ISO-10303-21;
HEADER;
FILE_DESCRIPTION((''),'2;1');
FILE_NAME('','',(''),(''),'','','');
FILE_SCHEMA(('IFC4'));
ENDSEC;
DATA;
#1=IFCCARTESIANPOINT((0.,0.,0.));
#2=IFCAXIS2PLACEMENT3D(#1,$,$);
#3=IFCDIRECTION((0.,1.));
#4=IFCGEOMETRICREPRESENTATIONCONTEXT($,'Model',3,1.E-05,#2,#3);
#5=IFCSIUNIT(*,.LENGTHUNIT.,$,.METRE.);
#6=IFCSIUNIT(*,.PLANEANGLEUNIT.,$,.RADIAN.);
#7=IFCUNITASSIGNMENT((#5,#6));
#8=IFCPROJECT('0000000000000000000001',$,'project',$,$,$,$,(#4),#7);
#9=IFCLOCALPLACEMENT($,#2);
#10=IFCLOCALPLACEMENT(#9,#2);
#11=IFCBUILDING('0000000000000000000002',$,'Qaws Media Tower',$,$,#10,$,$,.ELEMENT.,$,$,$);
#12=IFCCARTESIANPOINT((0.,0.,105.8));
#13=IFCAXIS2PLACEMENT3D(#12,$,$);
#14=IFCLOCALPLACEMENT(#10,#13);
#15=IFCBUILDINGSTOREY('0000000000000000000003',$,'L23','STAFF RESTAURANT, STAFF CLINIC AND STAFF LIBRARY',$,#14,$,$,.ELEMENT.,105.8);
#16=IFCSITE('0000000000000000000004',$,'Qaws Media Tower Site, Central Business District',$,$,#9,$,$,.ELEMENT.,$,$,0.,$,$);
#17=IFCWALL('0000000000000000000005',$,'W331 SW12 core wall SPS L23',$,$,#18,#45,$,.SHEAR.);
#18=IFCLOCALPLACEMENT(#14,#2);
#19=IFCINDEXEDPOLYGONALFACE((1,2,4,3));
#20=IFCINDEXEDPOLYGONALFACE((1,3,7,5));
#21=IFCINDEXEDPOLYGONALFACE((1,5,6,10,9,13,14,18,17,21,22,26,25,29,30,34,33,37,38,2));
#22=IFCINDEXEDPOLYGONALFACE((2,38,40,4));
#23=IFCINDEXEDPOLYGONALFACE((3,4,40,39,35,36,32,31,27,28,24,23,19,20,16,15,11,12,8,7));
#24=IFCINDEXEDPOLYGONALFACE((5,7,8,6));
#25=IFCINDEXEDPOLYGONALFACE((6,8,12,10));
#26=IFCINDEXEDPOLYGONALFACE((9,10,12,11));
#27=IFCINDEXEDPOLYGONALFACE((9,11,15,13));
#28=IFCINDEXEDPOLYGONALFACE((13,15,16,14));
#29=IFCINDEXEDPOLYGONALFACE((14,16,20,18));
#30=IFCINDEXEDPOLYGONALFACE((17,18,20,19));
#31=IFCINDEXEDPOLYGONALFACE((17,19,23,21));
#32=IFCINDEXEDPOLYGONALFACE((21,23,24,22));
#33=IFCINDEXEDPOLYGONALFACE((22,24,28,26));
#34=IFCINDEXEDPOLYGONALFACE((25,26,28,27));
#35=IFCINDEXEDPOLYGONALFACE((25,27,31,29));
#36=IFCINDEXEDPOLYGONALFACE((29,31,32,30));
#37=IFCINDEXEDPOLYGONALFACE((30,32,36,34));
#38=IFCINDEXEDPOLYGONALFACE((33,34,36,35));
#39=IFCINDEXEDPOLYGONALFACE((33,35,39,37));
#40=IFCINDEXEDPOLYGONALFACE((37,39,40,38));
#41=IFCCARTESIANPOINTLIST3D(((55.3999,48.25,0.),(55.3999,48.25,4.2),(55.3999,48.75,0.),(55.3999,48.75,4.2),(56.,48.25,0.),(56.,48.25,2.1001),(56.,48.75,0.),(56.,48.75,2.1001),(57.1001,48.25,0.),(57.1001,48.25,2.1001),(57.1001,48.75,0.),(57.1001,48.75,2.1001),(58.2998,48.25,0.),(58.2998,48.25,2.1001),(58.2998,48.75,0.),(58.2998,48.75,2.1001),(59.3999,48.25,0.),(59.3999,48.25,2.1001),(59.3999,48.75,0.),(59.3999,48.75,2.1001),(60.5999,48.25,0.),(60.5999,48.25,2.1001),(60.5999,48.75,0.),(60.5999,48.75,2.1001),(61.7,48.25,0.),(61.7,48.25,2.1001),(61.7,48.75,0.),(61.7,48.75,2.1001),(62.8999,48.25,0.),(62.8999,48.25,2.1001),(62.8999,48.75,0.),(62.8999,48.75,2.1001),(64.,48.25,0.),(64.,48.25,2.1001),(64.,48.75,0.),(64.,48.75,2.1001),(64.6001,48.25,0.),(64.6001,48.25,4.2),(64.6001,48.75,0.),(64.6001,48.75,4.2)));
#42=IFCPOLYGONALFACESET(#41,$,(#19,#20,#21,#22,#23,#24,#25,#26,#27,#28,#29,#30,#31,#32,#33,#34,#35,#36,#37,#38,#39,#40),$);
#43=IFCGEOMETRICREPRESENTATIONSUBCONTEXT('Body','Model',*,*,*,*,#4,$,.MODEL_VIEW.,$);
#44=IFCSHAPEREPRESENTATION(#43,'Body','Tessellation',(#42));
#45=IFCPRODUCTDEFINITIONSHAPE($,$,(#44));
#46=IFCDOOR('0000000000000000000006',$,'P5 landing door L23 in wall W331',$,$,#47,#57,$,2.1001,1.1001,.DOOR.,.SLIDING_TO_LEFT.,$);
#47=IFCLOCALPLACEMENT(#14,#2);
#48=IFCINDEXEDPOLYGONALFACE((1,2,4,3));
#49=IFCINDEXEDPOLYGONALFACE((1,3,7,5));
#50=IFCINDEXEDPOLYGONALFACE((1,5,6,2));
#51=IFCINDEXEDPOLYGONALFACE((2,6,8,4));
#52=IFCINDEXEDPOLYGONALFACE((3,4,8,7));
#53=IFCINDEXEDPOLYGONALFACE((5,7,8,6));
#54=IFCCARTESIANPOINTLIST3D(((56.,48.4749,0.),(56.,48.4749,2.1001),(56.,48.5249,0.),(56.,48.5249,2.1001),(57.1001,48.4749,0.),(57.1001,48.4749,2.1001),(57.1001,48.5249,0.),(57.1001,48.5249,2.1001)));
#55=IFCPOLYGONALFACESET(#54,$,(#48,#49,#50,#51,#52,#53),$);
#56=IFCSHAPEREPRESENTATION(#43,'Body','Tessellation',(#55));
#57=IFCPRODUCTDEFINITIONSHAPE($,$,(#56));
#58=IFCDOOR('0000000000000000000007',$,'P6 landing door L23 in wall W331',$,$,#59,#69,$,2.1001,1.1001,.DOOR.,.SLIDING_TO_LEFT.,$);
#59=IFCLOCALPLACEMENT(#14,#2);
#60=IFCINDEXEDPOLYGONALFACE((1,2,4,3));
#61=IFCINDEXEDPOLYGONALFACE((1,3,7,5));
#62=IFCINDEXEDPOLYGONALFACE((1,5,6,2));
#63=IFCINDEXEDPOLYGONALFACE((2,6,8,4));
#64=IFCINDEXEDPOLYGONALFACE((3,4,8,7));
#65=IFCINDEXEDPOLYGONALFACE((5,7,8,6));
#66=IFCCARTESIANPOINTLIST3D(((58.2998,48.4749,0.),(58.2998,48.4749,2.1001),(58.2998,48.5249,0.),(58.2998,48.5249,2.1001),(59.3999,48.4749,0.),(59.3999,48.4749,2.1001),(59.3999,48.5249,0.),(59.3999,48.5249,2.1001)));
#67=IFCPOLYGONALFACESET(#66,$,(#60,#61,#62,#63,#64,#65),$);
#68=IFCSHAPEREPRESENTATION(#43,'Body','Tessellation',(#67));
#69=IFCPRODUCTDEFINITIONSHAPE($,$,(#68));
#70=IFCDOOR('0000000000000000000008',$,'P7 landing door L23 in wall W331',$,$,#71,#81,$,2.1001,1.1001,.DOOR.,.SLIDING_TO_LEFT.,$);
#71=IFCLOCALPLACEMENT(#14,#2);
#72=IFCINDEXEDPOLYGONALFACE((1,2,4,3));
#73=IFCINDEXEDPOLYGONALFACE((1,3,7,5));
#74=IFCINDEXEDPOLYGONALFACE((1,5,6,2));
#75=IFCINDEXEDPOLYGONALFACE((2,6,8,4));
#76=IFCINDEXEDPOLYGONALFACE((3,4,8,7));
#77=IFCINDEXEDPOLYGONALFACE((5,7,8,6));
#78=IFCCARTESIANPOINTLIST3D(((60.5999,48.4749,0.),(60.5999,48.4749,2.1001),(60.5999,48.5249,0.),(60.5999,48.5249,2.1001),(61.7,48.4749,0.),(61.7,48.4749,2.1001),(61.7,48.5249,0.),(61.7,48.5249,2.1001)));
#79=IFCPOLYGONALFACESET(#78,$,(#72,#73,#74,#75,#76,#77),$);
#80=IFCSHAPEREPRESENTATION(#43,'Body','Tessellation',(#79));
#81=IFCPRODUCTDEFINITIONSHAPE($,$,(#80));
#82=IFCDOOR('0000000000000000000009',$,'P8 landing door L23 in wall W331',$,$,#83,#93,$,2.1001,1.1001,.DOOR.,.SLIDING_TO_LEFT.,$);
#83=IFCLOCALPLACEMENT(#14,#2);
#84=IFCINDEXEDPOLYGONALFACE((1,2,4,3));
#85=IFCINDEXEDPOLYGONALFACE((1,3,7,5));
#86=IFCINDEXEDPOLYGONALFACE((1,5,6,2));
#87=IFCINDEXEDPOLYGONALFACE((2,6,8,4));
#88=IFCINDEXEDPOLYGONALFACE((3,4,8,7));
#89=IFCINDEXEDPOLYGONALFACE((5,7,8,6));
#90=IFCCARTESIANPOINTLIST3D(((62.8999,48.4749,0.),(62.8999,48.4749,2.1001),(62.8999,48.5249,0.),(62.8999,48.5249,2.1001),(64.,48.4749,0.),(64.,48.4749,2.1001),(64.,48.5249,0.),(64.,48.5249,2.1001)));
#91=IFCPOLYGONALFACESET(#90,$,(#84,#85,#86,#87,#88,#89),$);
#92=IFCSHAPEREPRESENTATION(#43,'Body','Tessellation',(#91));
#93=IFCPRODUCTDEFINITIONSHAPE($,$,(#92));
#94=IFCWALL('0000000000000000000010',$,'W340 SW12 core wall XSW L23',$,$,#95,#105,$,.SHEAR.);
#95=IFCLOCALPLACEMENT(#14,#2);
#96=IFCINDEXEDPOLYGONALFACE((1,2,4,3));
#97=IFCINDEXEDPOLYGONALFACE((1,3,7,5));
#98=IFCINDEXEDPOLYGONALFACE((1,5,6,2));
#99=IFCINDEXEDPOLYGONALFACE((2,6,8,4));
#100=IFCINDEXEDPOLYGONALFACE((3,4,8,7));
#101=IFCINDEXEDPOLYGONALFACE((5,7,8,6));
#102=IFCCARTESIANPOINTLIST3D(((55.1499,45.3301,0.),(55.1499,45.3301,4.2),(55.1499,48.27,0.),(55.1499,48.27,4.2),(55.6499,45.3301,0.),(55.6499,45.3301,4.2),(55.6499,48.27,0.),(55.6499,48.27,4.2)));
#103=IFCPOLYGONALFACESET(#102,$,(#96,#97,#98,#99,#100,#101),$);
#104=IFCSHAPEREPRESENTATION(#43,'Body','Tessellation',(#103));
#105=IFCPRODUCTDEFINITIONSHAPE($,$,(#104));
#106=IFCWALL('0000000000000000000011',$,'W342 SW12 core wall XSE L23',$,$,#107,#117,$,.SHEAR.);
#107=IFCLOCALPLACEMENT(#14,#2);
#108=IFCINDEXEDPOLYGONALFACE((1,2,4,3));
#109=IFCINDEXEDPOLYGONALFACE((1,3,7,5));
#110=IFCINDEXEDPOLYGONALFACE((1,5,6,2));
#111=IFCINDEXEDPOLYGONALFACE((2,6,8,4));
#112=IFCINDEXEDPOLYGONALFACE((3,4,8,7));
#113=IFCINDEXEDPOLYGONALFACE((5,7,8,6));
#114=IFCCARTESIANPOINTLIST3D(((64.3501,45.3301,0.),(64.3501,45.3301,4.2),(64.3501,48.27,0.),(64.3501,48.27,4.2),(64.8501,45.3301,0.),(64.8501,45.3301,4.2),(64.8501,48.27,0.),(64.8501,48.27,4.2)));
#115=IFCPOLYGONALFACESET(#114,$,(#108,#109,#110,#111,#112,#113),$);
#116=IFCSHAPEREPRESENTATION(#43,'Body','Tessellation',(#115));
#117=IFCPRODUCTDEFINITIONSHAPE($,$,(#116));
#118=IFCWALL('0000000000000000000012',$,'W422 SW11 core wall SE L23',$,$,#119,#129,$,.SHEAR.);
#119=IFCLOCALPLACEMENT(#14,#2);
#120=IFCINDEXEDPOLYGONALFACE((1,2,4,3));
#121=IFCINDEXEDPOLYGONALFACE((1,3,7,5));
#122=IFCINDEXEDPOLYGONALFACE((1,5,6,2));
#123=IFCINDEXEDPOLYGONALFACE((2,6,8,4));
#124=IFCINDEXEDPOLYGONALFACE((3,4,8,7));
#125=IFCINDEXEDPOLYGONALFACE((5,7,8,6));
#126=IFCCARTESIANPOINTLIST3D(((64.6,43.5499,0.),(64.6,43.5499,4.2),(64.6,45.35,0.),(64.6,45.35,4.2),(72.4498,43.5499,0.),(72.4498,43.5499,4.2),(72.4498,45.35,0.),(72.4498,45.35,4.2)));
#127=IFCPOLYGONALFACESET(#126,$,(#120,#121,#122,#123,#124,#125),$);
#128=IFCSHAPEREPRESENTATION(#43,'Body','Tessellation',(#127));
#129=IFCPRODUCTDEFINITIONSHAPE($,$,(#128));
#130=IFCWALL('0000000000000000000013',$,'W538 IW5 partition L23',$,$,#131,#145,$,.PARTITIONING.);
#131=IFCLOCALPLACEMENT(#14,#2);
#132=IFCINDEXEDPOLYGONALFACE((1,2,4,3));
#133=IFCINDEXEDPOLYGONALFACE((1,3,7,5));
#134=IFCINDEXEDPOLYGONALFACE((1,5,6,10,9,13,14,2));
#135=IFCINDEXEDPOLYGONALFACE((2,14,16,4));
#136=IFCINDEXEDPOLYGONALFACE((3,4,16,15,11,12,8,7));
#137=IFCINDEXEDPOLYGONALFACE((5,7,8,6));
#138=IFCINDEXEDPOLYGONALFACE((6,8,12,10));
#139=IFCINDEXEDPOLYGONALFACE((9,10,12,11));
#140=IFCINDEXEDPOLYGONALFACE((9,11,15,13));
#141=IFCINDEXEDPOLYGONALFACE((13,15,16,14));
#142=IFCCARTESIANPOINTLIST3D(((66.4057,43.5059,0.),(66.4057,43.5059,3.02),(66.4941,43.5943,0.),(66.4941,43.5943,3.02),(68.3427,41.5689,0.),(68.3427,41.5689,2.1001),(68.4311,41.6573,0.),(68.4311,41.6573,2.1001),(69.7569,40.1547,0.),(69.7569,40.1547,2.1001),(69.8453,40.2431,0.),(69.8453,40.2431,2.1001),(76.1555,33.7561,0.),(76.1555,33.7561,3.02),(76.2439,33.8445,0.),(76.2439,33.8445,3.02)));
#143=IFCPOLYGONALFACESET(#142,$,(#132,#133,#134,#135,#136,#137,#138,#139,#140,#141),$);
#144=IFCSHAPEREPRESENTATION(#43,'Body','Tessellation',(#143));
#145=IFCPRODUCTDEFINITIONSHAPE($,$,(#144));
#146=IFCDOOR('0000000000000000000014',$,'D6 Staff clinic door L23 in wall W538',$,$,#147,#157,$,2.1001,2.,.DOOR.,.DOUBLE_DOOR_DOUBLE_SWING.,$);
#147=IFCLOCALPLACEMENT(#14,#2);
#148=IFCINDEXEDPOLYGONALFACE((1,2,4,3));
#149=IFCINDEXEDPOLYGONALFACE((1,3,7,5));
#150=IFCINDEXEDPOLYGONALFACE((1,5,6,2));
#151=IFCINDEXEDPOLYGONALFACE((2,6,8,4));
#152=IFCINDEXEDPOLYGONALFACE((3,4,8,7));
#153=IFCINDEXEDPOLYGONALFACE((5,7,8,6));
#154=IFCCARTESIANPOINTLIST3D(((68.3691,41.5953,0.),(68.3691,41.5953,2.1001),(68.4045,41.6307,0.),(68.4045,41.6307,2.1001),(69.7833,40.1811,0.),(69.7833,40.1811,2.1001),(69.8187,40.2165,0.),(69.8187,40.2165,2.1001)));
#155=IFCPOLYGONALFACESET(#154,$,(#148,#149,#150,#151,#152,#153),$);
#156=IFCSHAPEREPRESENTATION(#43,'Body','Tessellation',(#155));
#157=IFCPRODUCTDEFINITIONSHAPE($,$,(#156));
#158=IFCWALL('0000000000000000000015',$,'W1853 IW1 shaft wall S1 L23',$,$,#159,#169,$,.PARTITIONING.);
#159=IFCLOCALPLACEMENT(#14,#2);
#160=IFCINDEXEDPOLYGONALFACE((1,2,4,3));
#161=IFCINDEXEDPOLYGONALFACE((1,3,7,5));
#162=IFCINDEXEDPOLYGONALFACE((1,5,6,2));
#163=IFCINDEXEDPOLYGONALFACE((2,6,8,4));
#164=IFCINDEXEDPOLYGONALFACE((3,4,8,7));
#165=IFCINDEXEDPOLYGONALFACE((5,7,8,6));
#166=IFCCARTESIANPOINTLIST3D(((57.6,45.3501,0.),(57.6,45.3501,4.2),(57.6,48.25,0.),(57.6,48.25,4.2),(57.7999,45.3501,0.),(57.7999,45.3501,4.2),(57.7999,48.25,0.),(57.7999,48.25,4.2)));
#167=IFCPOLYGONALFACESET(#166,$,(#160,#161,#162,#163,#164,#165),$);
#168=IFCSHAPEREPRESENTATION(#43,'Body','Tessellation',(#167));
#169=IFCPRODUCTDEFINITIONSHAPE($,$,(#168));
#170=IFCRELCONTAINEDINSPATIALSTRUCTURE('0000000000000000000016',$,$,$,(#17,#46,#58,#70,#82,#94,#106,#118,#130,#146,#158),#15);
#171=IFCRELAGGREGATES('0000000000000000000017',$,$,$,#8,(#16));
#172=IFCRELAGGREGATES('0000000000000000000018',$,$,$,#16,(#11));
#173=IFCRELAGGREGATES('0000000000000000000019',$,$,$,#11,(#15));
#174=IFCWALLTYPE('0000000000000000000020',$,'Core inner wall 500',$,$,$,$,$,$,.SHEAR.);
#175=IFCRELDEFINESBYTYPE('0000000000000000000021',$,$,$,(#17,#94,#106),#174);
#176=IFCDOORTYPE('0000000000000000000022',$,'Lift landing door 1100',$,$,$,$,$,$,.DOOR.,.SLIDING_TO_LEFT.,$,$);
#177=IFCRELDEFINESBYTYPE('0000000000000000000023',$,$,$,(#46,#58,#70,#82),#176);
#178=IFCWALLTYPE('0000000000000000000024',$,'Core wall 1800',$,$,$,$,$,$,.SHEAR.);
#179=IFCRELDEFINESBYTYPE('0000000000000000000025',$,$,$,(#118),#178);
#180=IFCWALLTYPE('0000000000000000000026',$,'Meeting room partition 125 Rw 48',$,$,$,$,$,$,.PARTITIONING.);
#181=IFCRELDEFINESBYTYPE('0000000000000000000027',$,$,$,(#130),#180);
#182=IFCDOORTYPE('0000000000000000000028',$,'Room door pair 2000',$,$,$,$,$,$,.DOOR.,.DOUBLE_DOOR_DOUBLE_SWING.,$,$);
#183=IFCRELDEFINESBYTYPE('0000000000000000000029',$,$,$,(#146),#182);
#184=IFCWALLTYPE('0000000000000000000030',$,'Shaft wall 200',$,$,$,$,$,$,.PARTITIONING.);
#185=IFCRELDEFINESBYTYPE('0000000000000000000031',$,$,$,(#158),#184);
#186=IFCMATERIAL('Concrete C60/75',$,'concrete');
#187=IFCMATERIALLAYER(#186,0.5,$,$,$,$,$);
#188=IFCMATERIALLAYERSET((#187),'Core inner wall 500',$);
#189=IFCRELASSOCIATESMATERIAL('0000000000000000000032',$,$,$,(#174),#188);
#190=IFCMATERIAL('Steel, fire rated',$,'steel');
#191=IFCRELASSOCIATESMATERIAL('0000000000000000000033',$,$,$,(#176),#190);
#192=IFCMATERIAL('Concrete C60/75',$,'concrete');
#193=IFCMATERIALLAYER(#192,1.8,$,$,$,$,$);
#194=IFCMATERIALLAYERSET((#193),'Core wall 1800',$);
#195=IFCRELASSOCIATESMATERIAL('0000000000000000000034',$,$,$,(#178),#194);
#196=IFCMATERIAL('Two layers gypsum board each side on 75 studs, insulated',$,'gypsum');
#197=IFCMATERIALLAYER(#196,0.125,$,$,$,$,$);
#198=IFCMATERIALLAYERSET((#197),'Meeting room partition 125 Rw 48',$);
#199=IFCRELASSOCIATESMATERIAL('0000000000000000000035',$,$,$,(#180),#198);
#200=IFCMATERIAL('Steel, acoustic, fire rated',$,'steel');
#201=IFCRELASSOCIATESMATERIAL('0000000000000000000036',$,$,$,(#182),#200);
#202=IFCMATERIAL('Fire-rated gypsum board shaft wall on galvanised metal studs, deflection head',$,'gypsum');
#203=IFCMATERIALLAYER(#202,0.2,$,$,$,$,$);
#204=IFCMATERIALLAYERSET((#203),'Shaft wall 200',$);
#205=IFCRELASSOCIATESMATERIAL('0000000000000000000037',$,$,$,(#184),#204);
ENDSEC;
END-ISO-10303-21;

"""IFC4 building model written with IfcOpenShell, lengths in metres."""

from ifc_helpers import new_model, si_unit, direction, frame, frame_2d, origin, place, context, subcontext, project, spatial, rectangle, extrude, material, layer, layer_set, type_object, element, fill, save


model = new_model("IFC4")

# Units and contexts
model_context = context("Model", 3, precision=1e-05, world=origin(), true_north=direction((0.0, 1.0)))
body_context = subcontext(model_context, "Body", "Model", "MODEL_VIEW")
ifc_project = project(units=[si_unit("LENGTHUNIT", "METRE"), si_unit("PLANEANGLEUNIT", "RADIAN")], contexts=[model_context])

# Site, building, storey
site_placement = place(None, origin())
site = spatial("IfcSite", under=ifc_project, at=site_placement, Name="Qaws Media Tower Site, Central Business District", CompositionType="ELEMENT", RefElevation=0.0)
building_placement = place(site_placement, origin())
building = spatial("IfcBuilding", under=site, at=building_placement, Name="Qaws Media Tower", CompositionType="ELEMENT")
storey_placement = place(building_placement, frame((0.0, 0.0, 105.8)))
storey = spatial("IfcBuildingStorey", under=building, at=storey_placement, Name="L23", Description="STAFF RESTAURANT, STAFF CLINIC AND STAFF LIBRARY", CompositionType="ELEMENT", Elevation=105.8)

# Wall, openings, doors
ifc_material_1 = material(Name="Concrete C60/75", Category="concrete")
ifc_layer_1 = layer(ifc_material_1, 0.5)
ifc_layer_set_1 = layer_set([ifc_layer_1], Name="Core inner wall 500")
wall_type_1 = type_object("IfcWallType", Name="Core inner wall 500", PredefinedType="SHEAR", material=ifc_layer_set_1)
wall_1_placement = place(storey_placement, frame((55.3999, 48.5, 0.0), z_axis=(0.0, 0.0, 1.0), x_axis=(1.0, 0.0, 0.0)))
wall_1 = element("IfcWall", 1, at=wall_1_placement, inside=storey, type_object=wall_type_1, Name="W331 SW12 core wall SPS L23", PredefinedType="SHEAR", context=body_context, shape_type="SweptSolid", body=[
    extrude(rectangle(XDim=9.2002, YDim=0.5, at=frame_2d((4.6001, 0.0))), origin(), (0.0, 0.0, 1.0), 4.2),
])
opening_1_placement = place(wall_1_placement, frame((0.6001, 0.0, 0.0)))
opening_1 = element("IfcOpeningElement", 2, at=opening_1_placement, cuts=wall_1, PredefinedType="OPENING", context=body_context, shape_type="SweptSolid", body=[
    extrude(rectangle(XDim=1.1001, YDim=2.1001, at=frame_2d((0.55, 1.05))), frame((0.0, 0.26, 0.0), z_axis=(0.0, -1.0, 0.0), x_axis=(1.0, 0.0, 0.0)), (0.0, 0.0, 1.0), 0.52),
])
opening_2_placement = place(wall_1_placement, frame((2.8999, 0.0, 0.0)))
opening_2 = element("IfcOpeningElement", 3, at=opening_2_placement, cuts=wall_1, PredefinedType="OPENING", context=body_context, shape_type="SweptSolid", body=[
    extrude(rectangle(XDim=1.1001, YDim=2.1001, at=frame_2d((0.55, 1.05))), frame((0.0, 0.26, 0.0), z_axis=(0.0, -1.0, 0.0), x_axis=(1.0, 0.0, 0.0)), (0.0, 0.0, 1.0), 0.52),
])
opening_3_placement = place(wall_1_placement, frame((5.2, 0.0, 0.0)))
opening_3 = element("IfcOpeningElement", 4, at=opening_3_placement, cuts=wall_1, PredefinedType="OPENING", context=body_context, shape_type="SweptSolid", body=[
    extrude(rectangle(XDim=1.1001, YDim=2.1001, at=frame_2d((0.55, 1.05))), frame((0.0, 0.26, 0.0), z_axis=(0.0, -1.0, 0.0), x_axis=(1.0, 0.0, 0.0)), (0.0, 0.0, 1.0), 0.52),
])
opening_4_placement = place(wall_1_placement, frame((7.5, 0.0, 0.0)))
opening_4 = element("IfcOpeningElement", 5, at=opening_4_placement, cuts=wall_1, PredefinedType="OPENING", context=body_context, shape_type="SweptSolid", body=[
    extrude(rectangle(XDim=1.1001, YDim=2.1001, at=frame_2d((0.55, 1.05))), frame((0.0, 0.26, 0.0), z_axis=(0.0, -1.0, 0.0), x_axis=(1.0, 0.0, 0.0)), (0.0, 0.0, 1.0), 0.52),
])
ifc_material_2 = material(Name="Steel, fire rated", Category="steel")
door_type_1 = type_object("IfcDoorType", Name="Lift landing door 1100", OperationType="SLIDING_TO_LEFT", PredefinedType="DOOR", material=ifc_material_2)
door_1_placement = place(opening_1_placement, origin())
door_1 = element("IfcDoor", 6, at=door_1_placement, inside=storey, type_object=door_type_1, Name="P5 landing door L23 in wall W331", OperationType="SLIDING_TO_LEFT", OverallHeight=2.1001, OverallWidth=1.1001, PredefinedType="DOOR", context=body_context, shape_type="SweptSolid", body=[
    extrude(rectangle(XDim=1.1001, YDim=2.1001, at=frame_2d((0.55, 1.05))), frame((0.0, 0.0249, 0.0), z_axis=(0.0, -1.0, 0.0), x_axis=(1.0, 0.0, 0.0)), (0.0, 0.0, 1.0), 0.05),
])
fill(opening_1, door_1)
door_2_placement = place(opening_2_placement, origin())
door_2 = element("IfcDoor", 7, at=door_2_placement, inside=storey, type_object=door_type_1, Name="P6 landing door L23 in wall W331", OperationType="SLIDING_TO_LEFT", OverallHeight=2.1001, OverallWidth=1.1001, PredefinedType="DOOR", context=body_context, shape_type="SweptSolid", body=[
    extrude(rectangle(XDim=1.1001, YDim=2.1001, at=frame_2d((0.55, 1.05))), frame((0.0, 0.0249, 0.0), z_axis=(0.0, -1.0, 0.0), x_axis=(1.0, 0.0, 0.0)), (0.0, 0.0, 1.0), 0.05),
])
fill(opening_2, door_2)
door_3_placement = place(opening_3_placement, origin())
door_3 = element("IfcDoor", 8, at=door_3_placement, inside=storey, type_object=door_type_1, Name="P7 landing door L23 in wall W331", OperationType="SLIDING_TO_LEFT", OverallHeight=2.1001, OverallWidth=1.1001, PredefinedType="DOOR", context=body_context, shape_type="SweptSolid", body=[
    extrude(rectangle(XDim=1.1001, YDim=2.1001, at=frame_2d((0.55, 1.05))), frame((0.0, 0.0249, 0.0), z_axis=(0.0, -1.0, 0.0), x_axis=(1.0, 0.0, 0.0)), (0.0, 0.0, 1.0), 0.05),
])
fill(opening_3, door_3)
door_4_placement = place(opening_4_placement, origin())
door_4 = element("IfcDoor", 9, at=door_4_placement, inside=storey, type_object=door_type_1, Name="P8 landing door L23 in wall W331", OperationType="SLIDING_TO_LEFT", OverallHeight=2.1001, OverallWidth=1.1001, PredefinedType="DOOR", context=body_context, shape_type="SweptSolid", body=[
    extrude(rectangle(XDim=1.1001, YDim=2.1001, at=frame_2d((0.55, 1.05))), frame((0.0, 0.0249, 0.0), z_axis=(0.0, -1.0, 0.0), x_axis=(1.0, 0.0, 0.0)), (0.0, 0.0, 1.0), 0.05),
])
fill(opening_4, door_4)

# Walls
for number, where, z_axis, x_axis, name in (
    (10, (55.3999, 48.27, 0.0), (0.0, 0.0, 1.0), (0.0, -1.0, 0.0), "W340 SW12 core wall XSW L23"),
    (11, (64.6001, 48.27, 0.0), (0.0, 0.0, 1.0), (0.0, -1.0, 0.0), "W342 SW12 core wall XSE L23"),
):
    element("IfcWall", number, at=place(storey_placement, frame(where, z_axis=z_axis, x_axis=x_axis)), inside=storey, type_object=wall_type_1, Name=name, PredefinedType="SHEAR", context=body_context, shape_type="SweptSolid", body=[
        extrude(rectangle(XDim=2.9399, YDim=0.5, at=frame_2d((1.47, 0.0))), origin(), (0.0, 0.0, 1.0), 4.2),
    ])
ifc_material_3 = material(Name="Concrete C60/75", Category="concrete")
ifc_layer_2 = layer(ifc_material_3, 1.8)
ifc_layer_set_2 = layer_set([ifc_layer_2], Name="Core wall 1800")
wall_type_2 = type_object("IfcWallType", Name="Core wall 1800", PredefinedType="SHEAR", material=ifc_layer_set_2)
wall_2_placement = place(storey_placement, frame((64.6001, 44.45, 0.0), z_axis=(0.0, 0.0, 1.0), x_axis=(1.0, 0.0, 0.0)))
element("IfcWall", 12, at=wall_2_placement, inside=storey, type_object=wall_type_2, Name="W422 SW11 core wall SE L23", PredefinedType="SHEAR", context=body_context, shape_type="SweptSolid", body=[
    extrude(rectangle(XDim=7.8499, YDim=1.8, at=frame_2d((3.9248, 0.0))), origin(), (0.0, 0.0, 1.0), 4.2),
])

# Wall, opening, door
ifc_material_4 = material(Name="Two layers gypsum board each side on 75 studs, insulated", Category="gypsum")
ifc_layer_3 = layer(ifc_material_4, 0.125)
ifc_layer_set_3 = layer_set([ifc_layer_3], Name="Meeting room partition 125 Rw 48")
wall_type_3 = type_object("IfcWallType", Name="Meeting room partition 125 Rw 48", PredefinedType="PARTITIONING", material=ifc_layer_set_3)
wall_3_placement = place(storey_placement, frame((66.45, 43.55, 0.0), z_axis=(0.0, 0.0, 1.0), x_axis=(0.707107, -0.707107, 0.0)))
wall_3 = element("IfcWall", 13, at=wall_3_placement, inside=storey, type_object=wall_type_3, Name="W538 IW5 partition L23", PredefinedType="PARTITIONING", context=body_context, shape_type="SweptSolid", body=[
    extrude(rectangle(XDim=13.7883, YDim=0.125, at=frame_2d((6.894, 0.0))), origin(), (0.0, 0.0, 1.0), 3.02),
])
opening_5_placement = place(wall_3_placement, frame((2.7393, 0.0, 0.0)))
opening_5 = element("IfcOpeningElement", 14, at=opening_5_placement, cuts=wall_3, PredefinedType="OPENING", context=body_context, shape_type="SweptSolid", body=[
    extrude(rectangle(XDim=2.0, YDim=2.1001, at=frame_2d((1.0, 1.05))), frame((0.0, 0.0725, 0.0), z_axis=(0.0, -1.0, 0.0), x_axis=(1.0, 0.0, 0.0)), (0.0, 0.0, 1.0), 0.145),
])
ifc_material_5 = material(Name="Steel, acoustic, fire rated", Category="steel")
door_type_2 = type_object("IfcDoorType", Name="Room door pair 2000", OperationType="DOUBLE_DOOR_DOUBLE_SWING", PredefinedType="DOOR", material=ifc_material_5)
door_5_placement = place(opening_5_placement, origin())
door_5 = element("IfcDoor", 15, at=door_5_placement, inside=storey, type_object=door_type_2, Name="D6 Staff clinic door L23 in wall W538", OperationType="DOUBLE_DOOR_DOUBLE_SWING", OverallHeight=2.1001, OverallWidth=2.0, PredefinedType="DOOR", context=body_context, shape_type="SweptSolid", body=[
    extrude(rectangle(XDim=2.0, YDim=2.1001, at=frame_2d((1.0, 1.05))), frame((0.0, 0.0249, 0.0), z_axis=(0.0, -1.0, 0.0), x_axis=(1.0, 0.0, 0.0)), (0.0, 0.0, 1.0), 0.05),
])
fill(opening_5, door_5)

# Wall
ifc_material_6 = material(Name="Fire-rated gypsum board shaft wall on galvanised metal studs, deflection head", Category="gypsum")
ifc_layer_4 = layer(ifc_material_6, 0.2)
ifc_layer_set_4 = layer_set([ifc_layer_4], Name="Shaft wall 200")
wall_type_4 = type_object("IfcWallType", Name="Shaft wall 200", PredefinedType="PARTITIONING", material=ifc_layer_set_4)
for number, where, z_axis, x_axis, name in (
    (16, (57.7, 45.3501, 0.0), (0.0, 0.0, 1.0), (0.0, 1.0, 0.0), "W1853 IW1 shaft wall S1 L23"),
):
    element("IfcWall", number, at=place(storey_placement, frame(where, z_axis=z_axis, x_axis=x_axis)), inside=storey, type_object=wall_type_4, Name=name, PredefinedType="PARTITIONING", context=body_context, shape_type="SweptSolid", body=[
        extrude(rectangle(XDim=2.8999, YDim=0.2, at=frame_2d((1.45, 0.0))), origin(), (0.0, 0.0, 1.0), 4.2),
    ])

save(model, "model.ifc")
